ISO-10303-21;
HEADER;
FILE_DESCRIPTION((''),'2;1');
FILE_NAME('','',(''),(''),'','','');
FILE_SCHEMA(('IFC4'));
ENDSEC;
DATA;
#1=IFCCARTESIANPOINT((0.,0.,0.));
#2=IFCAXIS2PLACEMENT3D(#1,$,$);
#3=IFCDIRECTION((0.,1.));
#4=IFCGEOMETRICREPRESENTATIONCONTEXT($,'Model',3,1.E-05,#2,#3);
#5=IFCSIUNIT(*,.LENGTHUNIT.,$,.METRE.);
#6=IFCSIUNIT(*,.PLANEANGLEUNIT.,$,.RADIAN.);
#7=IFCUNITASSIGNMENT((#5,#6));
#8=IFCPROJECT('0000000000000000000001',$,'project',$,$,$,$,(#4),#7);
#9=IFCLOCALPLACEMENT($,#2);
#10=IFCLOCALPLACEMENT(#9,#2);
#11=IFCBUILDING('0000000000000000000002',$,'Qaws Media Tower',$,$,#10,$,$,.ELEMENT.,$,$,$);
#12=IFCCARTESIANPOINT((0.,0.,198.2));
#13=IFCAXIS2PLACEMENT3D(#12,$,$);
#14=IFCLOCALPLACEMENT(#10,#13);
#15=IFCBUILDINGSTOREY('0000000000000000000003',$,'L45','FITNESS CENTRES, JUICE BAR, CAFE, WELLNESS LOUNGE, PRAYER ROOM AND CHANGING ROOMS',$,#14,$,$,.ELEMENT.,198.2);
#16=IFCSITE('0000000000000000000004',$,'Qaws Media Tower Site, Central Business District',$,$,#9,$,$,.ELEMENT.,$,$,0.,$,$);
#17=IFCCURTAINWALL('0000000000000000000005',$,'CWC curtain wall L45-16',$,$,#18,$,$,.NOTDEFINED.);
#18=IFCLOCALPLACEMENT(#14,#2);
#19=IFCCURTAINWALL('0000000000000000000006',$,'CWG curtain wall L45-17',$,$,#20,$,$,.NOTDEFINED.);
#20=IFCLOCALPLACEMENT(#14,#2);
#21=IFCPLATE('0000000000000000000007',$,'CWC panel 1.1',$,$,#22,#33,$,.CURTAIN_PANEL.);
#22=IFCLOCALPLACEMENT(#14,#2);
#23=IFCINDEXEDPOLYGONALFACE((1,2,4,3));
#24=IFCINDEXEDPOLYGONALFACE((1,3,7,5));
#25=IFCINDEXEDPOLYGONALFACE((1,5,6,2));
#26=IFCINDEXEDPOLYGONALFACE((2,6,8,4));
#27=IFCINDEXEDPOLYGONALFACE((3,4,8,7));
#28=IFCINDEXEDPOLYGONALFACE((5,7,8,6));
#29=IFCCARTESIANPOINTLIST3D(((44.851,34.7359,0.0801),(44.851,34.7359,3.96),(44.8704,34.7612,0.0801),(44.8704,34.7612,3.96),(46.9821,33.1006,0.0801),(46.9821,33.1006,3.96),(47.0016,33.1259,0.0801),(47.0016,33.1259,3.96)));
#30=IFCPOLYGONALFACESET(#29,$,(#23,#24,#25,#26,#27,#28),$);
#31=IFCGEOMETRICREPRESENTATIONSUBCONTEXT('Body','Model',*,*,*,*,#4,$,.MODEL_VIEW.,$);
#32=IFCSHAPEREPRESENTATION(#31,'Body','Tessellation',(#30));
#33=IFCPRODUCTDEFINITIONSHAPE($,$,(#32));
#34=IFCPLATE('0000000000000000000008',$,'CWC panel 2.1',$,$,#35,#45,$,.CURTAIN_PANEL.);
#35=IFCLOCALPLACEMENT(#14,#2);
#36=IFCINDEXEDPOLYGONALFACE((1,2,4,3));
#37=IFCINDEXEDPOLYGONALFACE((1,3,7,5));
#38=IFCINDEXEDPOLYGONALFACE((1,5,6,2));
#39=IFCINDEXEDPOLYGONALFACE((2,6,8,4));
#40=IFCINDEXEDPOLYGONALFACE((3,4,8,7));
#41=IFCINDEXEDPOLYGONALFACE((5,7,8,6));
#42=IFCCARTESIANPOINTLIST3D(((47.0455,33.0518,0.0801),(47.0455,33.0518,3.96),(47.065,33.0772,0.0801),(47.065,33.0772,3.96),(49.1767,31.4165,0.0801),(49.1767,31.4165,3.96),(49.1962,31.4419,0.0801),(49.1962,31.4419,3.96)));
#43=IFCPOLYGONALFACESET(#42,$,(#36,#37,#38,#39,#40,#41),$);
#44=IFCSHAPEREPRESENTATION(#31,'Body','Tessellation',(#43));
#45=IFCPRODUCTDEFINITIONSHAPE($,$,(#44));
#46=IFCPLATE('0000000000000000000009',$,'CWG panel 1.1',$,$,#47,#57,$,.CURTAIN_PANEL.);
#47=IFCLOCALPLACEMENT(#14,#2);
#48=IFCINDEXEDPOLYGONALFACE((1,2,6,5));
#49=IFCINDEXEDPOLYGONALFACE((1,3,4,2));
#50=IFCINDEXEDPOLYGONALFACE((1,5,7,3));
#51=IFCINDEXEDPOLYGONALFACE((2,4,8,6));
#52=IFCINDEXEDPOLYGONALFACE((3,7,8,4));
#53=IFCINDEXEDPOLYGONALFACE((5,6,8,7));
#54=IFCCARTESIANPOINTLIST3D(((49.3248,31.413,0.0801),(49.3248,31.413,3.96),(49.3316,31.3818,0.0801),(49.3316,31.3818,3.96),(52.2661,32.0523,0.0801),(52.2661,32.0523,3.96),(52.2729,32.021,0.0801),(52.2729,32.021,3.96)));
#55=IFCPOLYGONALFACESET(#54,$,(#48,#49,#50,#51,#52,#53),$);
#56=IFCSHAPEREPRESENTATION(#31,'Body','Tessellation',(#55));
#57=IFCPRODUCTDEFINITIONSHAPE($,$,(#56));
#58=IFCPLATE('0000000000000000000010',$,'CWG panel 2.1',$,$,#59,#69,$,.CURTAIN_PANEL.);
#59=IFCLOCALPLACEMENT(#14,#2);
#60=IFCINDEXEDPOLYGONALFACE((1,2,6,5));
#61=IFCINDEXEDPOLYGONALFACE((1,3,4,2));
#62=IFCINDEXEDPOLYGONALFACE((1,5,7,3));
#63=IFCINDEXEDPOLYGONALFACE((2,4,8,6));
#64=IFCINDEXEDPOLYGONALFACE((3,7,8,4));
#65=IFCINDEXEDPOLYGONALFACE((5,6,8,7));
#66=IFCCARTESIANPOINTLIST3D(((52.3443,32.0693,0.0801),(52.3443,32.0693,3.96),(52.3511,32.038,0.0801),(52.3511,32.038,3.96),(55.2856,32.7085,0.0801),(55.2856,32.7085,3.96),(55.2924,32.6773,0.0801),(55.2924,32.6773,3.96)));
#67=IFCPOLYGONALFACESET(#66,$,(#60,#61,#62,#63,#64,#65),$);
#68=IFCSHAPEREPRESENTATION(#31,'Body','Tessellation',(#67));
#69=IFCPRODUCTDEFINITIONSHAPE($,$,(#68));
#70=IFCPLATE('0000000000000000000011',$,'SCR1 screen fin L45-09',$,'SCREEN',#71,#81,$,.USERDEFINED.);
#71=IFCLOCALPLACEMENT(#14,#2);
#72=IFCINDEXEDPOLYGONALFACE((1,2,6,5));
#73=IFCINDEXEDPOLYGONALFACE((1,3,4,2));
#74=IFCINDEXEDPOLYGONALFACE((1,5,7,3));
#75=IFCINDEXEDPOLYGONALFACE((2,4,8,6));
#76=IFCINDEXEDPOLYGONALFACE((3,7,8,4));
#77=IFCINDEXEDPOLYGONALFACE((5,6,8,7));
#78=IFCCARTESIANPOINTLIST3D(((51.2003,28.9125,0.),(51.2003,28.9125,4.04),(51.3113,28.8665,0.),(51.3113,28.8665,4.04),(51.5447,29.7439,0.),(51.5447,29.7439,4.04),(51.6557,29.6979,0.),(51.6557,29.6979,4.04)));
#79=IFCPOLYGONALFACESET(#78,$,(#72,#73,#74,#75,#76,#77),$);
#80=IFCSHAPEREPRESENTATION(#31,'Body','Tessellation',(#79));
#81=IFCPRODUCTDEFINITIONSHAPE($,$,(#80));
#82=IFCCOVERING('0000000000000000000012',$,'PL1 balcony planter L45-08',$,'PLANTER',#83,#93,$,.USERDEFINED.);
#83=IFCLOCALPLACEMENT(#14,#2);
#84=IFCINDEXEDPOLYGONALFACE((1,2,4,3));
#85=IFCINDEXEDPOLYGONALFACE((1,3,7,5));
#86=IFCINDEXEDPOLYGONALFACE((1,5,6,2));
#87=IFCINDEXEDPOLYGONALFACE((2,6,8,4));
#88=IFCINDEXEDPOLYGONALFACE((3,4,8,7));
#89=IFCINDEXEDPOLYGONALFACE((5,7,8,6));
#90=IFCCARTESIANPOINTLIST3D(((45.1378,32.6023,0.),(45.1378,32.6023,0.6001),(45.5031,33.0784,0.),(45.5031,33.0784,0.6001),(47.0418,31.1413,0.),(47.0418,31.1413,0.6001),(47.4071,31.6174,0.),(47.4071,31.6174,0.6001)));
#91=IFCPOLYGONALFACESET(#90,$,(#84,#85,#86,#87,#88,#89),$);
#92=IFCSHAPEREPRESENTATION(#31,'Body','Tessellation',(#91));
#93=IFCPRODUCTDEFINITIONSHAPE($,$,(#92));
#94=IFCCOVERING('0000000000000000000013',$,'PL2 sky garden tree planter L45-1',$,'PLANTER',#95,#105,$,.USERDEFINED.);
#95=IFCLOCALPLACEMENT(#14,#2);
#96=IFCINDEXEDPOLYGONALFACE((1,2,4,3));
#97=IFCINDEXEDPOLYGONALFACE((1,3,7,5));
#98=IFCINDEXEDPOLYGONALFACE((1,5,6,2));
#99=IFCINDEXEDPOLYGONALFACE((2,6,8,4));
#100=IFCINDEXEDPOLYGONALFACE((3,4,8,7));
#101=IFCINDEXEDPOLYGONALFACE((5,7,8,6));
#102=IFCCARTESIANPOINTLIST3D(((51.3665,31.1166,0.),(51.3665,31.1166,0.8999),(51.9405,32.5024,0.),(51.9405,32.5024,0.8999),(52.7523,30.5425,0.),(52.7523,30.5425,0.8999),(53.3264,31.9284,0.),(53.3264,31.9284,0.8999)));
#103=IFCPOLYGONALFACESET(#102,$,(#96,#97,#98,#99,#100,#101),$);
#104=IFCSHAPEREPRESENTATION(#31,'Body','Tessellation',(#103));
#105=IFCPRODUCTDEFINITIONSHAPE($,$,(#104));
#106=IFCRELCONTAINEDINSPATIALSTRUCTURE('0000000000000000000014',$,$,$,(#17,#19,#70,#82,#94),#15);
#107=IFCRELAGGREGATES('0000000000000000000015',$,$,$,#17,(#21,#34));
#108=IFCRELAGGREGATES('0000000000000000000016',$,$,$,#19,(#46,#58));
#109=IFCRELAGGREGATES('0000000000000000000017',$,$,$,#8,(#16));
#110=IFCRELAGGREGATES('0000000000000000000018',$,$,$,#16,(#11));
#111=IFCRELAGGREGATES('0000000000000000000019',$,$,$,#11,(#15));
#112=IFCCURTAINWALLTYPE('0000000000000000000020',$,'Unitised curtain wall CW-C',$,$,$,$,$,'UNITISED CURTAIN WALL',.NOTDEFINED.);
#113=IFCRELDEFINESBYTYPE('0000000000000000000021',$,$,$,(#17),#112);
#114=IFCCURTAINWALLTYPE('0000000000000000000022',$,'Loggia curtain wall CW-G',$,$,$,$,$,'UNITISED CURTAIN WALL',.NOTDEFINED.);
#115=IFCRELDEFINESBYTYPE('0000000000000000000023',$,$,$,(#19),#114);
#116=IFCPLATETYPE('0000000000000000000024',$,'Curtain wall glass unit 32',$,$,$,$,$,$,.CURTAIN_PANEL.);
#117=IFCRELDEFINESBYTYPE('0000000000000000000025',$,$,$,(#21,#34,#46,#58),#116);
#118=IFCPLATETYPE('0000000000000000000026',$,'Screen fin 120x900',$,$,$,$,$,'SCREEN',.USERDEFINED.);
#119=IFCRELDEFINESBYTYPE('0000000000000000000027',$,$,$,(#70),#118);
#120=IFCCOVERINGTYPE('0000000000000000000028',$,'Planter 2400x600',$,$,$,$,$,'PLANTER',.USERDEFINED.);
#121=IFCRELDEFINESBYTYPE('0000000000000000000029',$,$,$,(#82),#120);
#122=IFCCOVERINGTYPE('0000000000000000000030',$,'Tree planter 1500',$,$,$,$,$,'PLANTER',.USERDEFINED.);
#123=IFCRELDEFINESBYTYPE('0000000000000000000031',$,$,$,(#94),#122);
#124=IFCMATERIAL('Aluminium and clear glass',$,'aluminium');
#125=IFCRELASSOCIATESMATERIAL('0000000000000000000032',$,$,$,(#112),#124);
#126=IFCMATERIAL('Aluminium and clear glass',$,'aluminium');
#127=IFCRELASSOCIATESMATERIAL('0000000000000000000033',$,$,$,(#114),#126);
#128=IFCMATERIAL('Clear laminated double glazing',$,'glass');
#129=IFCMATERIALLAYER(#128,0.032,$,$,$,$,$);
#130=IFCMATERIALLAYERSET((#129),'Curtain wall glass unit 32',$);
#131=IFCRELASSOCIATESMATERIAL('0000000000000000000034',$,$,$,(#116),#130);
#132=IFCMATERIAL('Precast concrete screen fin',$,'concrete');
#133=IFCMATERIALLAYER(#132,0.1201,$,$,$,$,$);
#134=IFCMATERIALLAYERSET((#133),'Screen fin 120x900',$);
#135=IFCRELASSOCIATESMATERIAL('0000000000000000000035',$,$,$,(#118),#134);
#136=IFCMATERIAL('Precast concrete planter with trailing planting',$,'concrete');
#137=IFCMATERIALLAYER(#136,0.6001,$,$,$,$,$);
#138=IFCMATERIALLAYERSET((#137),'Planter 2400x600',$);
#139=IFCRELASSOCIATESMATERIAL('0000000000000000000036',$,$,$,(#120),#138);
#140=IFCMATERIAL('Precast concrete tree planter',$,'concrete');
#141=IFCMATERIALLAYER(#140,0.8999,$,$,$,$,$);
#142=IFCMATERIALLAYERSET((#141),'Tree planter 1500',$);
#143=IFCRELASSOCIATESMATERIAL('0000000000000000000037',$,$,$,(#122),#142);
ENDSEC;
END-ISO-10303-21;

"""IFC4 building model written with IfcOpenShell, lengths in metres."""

from ifc_helpers import new_model, si_unit, direction, frame, origin, origin_2d, place, context, subcontext, project, spatial, rectangle, extrude, material, layer, layer_set, type_object, element, aggregate, save


model = new_model("IFC4")

# Units and contexts
model_context = context("Model", 3, precision=1e-05, world=origin(), true_north=direction((0.0, 1.0)))
body_context = subcontext(model_context, "Body", "Model", "MODEL_VIEW")
ifc_project = project(units=[si_unit("LENGTHUNIT", "METRE"), si_unit("PLANEANGLEUNIT", "RADIAN")], contexts=[model_context])

# Site, building, storey
site_placement = place(None, origin())
site = spatial("IfcSite", under=ifc_project, at=site_placement, Name="Qaws Media Tower Site, Central Business District", CompositionType="ELEMENT", RefElevation=0.0)
building_placement = place(site_placement, origin())
building = spatial("IfcBuilding", under=site, at=building_placement, Name="Qaws Media Tower", CompositionType="ELEMENT")
storey_placement = place(building_placement, frame((0.0, 0.0, 198.2)))
storey = spatial("IfcBuildingStorey", under=building, at=storey_placement, Name="L45", Description="FITNESS CENTRES, JUICE BAR, CAFE, WELLNESS LOUNGE, PRAYER ROOM AND CHANGING ROOMS", CompositionType="ELEMENT", Elevation=198.2)

# Curtain walls
ifc_material_1 = material(Name="Aluminium and clear glass", Category="aluminium")
curtain_wall_type_1 = type_object("IfcCurtainWallType", Name="Unitised curtain wall CW-C", ElementType="UNITISED CURTAIN WALL", PredefinedType="NOTDEFINED", material=ifc_material_1)
curtain_wall_1_placement = place(storey_placement, origin())
curtain_wall_1 = element("IfcCurtainWall", 1, at=curtain_wall_1_placement, inside=storey, type_object=curtain_wall_type_1, Name="CWC curtain wall L45-16", PredefinedType="NOTDEFINED")
ifc_material_2 = material(Name="Aluminium and clear glass", Category="aluminium")
curtain_wall_type_2 = type_object("IfcCurtainWallType", Name="Loggia curtain wall CW-G", ElementType="UNITISED CURTAIN WALL", PredefinedType="NOTDEFINED", material=ifc_material_2)
curtain_wall_2_placement = place(storey_placement, origin())
curtain_wall_2 = element("IfcCurtainWall", 2, at=curtain_wall_2_placement, inside=storey, type_object=curtain_wall_type_2, Name="CWG curtain wall L45-17", PredefinedType="NOTDEFINED")

# Plates
ifc_material_3 = material(Name="Clear laminated double glazing", Category="glass")
ifc_layer_1 = layer(ifc_material_3, 0.032)
ifc_layer_set_1 = layer_set([ifc_layer_1], Name="Curtain wall glass unit 32")
plate_type_1 = type_object("IfcPlateType", Name="Curtain wall glass unit 32", PredefinedType="CURTAIN_PANEL", material=ifc_layer_set_1)
plate_1_placement = place(storey_placement, frame((45.9263, 33.9309, 0.0801), z_axis=(0.0, 0.0, 1.0), x_axis=(0.793353, -0.608761, 0.0)))
plate_1 = element("IfcPlate", 3, at=plate_1_placement, type_object=plate_type_1, Name="CWC panel 1.1", PredefinedType="CURTAIN_PANEL", context=body_context, shape_type="SweptSolid", body=[
    extrude(rectangle(XDim=2.6863, YDim=0.032, at=origin_2d()), origin(), (0.0, 0.0, 1.0), 3.8799),
])
plate_2_placement = place(storey_placement, frame((48.1208, 32.2468, 0.0801), z_axis=(0.0, 0.0, 1.0), x_axis=(0.793353, -0.608761, 0.0)))
plate_2 = element("IfcPlate", 4, at=plate_2_placement, type_object=plate_type_1, Name="CWC panel 2.1", PredefinedType="CURTAIN_PANEL", context=body_context, shape_type="SweptSolid", body=[
    extrude(rectangle(XDim=2.6863, YDim=0.032, at=origin_2d()), origin(), (0.0, 0.0, 1.0), 3.8799),
])
aggregate(curtain_wall_1, [plate_1, plate_2])
plate_3_placement = place(storey_placement, frame((50.7988, 31.717, 0.0801), z_axis=(0.0, 0.0, 1.0), x_axis=(0.977188, 0.212378, 0.0)))
plate_3 = element("IfcPlate", 5, at=plate_3_placement, type_object=plate_type_1, Name="CWG panel 1.1", PredefinedType="CURTAIN_PANEL", context=body_context, shape_type="SweptSolid", body=[
    extrude(rectangle(XDim=3.01, YDim=0.032, at=origin_2d()), origin(), (0.0, 0.0, 1.0), 3.8799),
])
plate_4_placement = place(storey_placement, frame((53.8184, 32.3733, 0.0801), z_axis=(0.0, 0.0, 1.0), x_axis=(0.977188, 0.212378, 0.0)))
plate_4 = element("IfcPlate", 6, at=plate_4_placement, type_object=plate_type_1, Name="CWG panel 2.1", PredefinedType="CURTAIN_PANEL", context=body_context, shape_type="SweptSolid", body=[
    extrude(rectangle(XDim=3.01, YDim=0.032, at=origin_2d()), origin(), (0.0, 0.0, 1.0), 3.8799),
])
aggregate(curtain_wall_2, [plate_3, plate_4])
ifc_material_4 = material(Name="Precast concrete screen fin", Category="concrete")
ifc_layer_2 = layer(ifc_material_4, 0.1201)
ifc_layer_set_2 = layer_set([ifc_layer_2], Name="Screen fin 120x900")
plate_type_2 = type_object("IfcPlateType", Name="Screen fin 120x900", ElementType="SCREEN", PredefinedType="USERDEFINED", material=ifc_layer_set_2)
plate_5_placement = place(storey_placement, frame((51.428, 29.3052, 0.0), z_axis=(0.0, 0.0, 1.0), x_axis=(-0.382683, -0.92388, 0.0)))
element("IfcPlate", 7, at=plate_5_placement, inside=storey, type_object=plate_type_2, Name="SCR1 screen fin L45-09", ObjectType="SCREEN", PredefinedType="USERDEFINED", context=body_context, shape_type="SweptSolid", body=[
    extrude(rectangle(XDim=0.8999, YDim=0.1201, at=origin_2d()), origin(), (0.0, 0.0, 1.0), 4.04),
])

# Coverings
ifc_material_5 = material(Name="Precast concrete planter with trailing planting", Category="concrete")
ifc_layer_3 = layer(ifc_material_5, 0.6001)
ifc_layer_set_3 = layer_set([ifc_layer_3], Name="Planter 2400x600")
covering_type_1 = type_object("IfcCoveringType", Name="Planter 2400x600", ElementType="PLANTER", PredefinedType="USERDEFINED", material=ifc_layer_set_3)
covering_1_placement = place(storey_placement, frame((46.2725, 32.1099, 0.0), z_axis=(0.0, 0.0, 1.0), x_axis=(0.793353, -0.608761, 0.0)))
element("IfcCovering", 8, at=covering_1_placement, inside=storey, type_object=covering_type_1, Name="PL1 balcony planter L45-08", ObjectType="PLANTER", PredefinedType="USERDEFINED", context=body_context, shape_type="SweptSolid", body=[
    extrude(rectangle(XDim=2.3999, YDim=0.6001, at=origin_2d()), origin(), (0.0, 0.0, 1.0), 0.6001),
])
ifc_material_6 = material(Name="Precast concrete tree planter", Category="concrete")
ifc_layer_4 = layer(ifc_material_6, 0.8999)
ifc_layer_set_4 = layer_set([ifc_layer_4], Name="Tree planter 1500")
covering_type_2 = type_object("IfcCoveringType", Name="Tree planter 1500", ElementType="PLANTER", PredefinedType="USERDEFINED", material=ifc_layer_set_4)
covering_2_placement = place(storey_placement, frame((52.3464, 31.5225, 0.0), z_axis=(0.0, 0.0, 1.0), x_axis=(-0.382683, -0.92388, 0.0)))
element("IfcCovering", 9, at=covering_2_placement, inside=storey, type_object=covering_type_2, Name="PL2 sky garden tree planter L45-1", ObjectType="PLANTER", PredefinedType="USERDEFINED", context=body_context, shape_type="SweptSolid", body=[
    extrude(rectangle(XDim=1.5, YDim=1.5, at=origin_2d()), origin(), (0.0, 0.0, 1.0), 0.8999),
])

save(model, "model.ifc")
